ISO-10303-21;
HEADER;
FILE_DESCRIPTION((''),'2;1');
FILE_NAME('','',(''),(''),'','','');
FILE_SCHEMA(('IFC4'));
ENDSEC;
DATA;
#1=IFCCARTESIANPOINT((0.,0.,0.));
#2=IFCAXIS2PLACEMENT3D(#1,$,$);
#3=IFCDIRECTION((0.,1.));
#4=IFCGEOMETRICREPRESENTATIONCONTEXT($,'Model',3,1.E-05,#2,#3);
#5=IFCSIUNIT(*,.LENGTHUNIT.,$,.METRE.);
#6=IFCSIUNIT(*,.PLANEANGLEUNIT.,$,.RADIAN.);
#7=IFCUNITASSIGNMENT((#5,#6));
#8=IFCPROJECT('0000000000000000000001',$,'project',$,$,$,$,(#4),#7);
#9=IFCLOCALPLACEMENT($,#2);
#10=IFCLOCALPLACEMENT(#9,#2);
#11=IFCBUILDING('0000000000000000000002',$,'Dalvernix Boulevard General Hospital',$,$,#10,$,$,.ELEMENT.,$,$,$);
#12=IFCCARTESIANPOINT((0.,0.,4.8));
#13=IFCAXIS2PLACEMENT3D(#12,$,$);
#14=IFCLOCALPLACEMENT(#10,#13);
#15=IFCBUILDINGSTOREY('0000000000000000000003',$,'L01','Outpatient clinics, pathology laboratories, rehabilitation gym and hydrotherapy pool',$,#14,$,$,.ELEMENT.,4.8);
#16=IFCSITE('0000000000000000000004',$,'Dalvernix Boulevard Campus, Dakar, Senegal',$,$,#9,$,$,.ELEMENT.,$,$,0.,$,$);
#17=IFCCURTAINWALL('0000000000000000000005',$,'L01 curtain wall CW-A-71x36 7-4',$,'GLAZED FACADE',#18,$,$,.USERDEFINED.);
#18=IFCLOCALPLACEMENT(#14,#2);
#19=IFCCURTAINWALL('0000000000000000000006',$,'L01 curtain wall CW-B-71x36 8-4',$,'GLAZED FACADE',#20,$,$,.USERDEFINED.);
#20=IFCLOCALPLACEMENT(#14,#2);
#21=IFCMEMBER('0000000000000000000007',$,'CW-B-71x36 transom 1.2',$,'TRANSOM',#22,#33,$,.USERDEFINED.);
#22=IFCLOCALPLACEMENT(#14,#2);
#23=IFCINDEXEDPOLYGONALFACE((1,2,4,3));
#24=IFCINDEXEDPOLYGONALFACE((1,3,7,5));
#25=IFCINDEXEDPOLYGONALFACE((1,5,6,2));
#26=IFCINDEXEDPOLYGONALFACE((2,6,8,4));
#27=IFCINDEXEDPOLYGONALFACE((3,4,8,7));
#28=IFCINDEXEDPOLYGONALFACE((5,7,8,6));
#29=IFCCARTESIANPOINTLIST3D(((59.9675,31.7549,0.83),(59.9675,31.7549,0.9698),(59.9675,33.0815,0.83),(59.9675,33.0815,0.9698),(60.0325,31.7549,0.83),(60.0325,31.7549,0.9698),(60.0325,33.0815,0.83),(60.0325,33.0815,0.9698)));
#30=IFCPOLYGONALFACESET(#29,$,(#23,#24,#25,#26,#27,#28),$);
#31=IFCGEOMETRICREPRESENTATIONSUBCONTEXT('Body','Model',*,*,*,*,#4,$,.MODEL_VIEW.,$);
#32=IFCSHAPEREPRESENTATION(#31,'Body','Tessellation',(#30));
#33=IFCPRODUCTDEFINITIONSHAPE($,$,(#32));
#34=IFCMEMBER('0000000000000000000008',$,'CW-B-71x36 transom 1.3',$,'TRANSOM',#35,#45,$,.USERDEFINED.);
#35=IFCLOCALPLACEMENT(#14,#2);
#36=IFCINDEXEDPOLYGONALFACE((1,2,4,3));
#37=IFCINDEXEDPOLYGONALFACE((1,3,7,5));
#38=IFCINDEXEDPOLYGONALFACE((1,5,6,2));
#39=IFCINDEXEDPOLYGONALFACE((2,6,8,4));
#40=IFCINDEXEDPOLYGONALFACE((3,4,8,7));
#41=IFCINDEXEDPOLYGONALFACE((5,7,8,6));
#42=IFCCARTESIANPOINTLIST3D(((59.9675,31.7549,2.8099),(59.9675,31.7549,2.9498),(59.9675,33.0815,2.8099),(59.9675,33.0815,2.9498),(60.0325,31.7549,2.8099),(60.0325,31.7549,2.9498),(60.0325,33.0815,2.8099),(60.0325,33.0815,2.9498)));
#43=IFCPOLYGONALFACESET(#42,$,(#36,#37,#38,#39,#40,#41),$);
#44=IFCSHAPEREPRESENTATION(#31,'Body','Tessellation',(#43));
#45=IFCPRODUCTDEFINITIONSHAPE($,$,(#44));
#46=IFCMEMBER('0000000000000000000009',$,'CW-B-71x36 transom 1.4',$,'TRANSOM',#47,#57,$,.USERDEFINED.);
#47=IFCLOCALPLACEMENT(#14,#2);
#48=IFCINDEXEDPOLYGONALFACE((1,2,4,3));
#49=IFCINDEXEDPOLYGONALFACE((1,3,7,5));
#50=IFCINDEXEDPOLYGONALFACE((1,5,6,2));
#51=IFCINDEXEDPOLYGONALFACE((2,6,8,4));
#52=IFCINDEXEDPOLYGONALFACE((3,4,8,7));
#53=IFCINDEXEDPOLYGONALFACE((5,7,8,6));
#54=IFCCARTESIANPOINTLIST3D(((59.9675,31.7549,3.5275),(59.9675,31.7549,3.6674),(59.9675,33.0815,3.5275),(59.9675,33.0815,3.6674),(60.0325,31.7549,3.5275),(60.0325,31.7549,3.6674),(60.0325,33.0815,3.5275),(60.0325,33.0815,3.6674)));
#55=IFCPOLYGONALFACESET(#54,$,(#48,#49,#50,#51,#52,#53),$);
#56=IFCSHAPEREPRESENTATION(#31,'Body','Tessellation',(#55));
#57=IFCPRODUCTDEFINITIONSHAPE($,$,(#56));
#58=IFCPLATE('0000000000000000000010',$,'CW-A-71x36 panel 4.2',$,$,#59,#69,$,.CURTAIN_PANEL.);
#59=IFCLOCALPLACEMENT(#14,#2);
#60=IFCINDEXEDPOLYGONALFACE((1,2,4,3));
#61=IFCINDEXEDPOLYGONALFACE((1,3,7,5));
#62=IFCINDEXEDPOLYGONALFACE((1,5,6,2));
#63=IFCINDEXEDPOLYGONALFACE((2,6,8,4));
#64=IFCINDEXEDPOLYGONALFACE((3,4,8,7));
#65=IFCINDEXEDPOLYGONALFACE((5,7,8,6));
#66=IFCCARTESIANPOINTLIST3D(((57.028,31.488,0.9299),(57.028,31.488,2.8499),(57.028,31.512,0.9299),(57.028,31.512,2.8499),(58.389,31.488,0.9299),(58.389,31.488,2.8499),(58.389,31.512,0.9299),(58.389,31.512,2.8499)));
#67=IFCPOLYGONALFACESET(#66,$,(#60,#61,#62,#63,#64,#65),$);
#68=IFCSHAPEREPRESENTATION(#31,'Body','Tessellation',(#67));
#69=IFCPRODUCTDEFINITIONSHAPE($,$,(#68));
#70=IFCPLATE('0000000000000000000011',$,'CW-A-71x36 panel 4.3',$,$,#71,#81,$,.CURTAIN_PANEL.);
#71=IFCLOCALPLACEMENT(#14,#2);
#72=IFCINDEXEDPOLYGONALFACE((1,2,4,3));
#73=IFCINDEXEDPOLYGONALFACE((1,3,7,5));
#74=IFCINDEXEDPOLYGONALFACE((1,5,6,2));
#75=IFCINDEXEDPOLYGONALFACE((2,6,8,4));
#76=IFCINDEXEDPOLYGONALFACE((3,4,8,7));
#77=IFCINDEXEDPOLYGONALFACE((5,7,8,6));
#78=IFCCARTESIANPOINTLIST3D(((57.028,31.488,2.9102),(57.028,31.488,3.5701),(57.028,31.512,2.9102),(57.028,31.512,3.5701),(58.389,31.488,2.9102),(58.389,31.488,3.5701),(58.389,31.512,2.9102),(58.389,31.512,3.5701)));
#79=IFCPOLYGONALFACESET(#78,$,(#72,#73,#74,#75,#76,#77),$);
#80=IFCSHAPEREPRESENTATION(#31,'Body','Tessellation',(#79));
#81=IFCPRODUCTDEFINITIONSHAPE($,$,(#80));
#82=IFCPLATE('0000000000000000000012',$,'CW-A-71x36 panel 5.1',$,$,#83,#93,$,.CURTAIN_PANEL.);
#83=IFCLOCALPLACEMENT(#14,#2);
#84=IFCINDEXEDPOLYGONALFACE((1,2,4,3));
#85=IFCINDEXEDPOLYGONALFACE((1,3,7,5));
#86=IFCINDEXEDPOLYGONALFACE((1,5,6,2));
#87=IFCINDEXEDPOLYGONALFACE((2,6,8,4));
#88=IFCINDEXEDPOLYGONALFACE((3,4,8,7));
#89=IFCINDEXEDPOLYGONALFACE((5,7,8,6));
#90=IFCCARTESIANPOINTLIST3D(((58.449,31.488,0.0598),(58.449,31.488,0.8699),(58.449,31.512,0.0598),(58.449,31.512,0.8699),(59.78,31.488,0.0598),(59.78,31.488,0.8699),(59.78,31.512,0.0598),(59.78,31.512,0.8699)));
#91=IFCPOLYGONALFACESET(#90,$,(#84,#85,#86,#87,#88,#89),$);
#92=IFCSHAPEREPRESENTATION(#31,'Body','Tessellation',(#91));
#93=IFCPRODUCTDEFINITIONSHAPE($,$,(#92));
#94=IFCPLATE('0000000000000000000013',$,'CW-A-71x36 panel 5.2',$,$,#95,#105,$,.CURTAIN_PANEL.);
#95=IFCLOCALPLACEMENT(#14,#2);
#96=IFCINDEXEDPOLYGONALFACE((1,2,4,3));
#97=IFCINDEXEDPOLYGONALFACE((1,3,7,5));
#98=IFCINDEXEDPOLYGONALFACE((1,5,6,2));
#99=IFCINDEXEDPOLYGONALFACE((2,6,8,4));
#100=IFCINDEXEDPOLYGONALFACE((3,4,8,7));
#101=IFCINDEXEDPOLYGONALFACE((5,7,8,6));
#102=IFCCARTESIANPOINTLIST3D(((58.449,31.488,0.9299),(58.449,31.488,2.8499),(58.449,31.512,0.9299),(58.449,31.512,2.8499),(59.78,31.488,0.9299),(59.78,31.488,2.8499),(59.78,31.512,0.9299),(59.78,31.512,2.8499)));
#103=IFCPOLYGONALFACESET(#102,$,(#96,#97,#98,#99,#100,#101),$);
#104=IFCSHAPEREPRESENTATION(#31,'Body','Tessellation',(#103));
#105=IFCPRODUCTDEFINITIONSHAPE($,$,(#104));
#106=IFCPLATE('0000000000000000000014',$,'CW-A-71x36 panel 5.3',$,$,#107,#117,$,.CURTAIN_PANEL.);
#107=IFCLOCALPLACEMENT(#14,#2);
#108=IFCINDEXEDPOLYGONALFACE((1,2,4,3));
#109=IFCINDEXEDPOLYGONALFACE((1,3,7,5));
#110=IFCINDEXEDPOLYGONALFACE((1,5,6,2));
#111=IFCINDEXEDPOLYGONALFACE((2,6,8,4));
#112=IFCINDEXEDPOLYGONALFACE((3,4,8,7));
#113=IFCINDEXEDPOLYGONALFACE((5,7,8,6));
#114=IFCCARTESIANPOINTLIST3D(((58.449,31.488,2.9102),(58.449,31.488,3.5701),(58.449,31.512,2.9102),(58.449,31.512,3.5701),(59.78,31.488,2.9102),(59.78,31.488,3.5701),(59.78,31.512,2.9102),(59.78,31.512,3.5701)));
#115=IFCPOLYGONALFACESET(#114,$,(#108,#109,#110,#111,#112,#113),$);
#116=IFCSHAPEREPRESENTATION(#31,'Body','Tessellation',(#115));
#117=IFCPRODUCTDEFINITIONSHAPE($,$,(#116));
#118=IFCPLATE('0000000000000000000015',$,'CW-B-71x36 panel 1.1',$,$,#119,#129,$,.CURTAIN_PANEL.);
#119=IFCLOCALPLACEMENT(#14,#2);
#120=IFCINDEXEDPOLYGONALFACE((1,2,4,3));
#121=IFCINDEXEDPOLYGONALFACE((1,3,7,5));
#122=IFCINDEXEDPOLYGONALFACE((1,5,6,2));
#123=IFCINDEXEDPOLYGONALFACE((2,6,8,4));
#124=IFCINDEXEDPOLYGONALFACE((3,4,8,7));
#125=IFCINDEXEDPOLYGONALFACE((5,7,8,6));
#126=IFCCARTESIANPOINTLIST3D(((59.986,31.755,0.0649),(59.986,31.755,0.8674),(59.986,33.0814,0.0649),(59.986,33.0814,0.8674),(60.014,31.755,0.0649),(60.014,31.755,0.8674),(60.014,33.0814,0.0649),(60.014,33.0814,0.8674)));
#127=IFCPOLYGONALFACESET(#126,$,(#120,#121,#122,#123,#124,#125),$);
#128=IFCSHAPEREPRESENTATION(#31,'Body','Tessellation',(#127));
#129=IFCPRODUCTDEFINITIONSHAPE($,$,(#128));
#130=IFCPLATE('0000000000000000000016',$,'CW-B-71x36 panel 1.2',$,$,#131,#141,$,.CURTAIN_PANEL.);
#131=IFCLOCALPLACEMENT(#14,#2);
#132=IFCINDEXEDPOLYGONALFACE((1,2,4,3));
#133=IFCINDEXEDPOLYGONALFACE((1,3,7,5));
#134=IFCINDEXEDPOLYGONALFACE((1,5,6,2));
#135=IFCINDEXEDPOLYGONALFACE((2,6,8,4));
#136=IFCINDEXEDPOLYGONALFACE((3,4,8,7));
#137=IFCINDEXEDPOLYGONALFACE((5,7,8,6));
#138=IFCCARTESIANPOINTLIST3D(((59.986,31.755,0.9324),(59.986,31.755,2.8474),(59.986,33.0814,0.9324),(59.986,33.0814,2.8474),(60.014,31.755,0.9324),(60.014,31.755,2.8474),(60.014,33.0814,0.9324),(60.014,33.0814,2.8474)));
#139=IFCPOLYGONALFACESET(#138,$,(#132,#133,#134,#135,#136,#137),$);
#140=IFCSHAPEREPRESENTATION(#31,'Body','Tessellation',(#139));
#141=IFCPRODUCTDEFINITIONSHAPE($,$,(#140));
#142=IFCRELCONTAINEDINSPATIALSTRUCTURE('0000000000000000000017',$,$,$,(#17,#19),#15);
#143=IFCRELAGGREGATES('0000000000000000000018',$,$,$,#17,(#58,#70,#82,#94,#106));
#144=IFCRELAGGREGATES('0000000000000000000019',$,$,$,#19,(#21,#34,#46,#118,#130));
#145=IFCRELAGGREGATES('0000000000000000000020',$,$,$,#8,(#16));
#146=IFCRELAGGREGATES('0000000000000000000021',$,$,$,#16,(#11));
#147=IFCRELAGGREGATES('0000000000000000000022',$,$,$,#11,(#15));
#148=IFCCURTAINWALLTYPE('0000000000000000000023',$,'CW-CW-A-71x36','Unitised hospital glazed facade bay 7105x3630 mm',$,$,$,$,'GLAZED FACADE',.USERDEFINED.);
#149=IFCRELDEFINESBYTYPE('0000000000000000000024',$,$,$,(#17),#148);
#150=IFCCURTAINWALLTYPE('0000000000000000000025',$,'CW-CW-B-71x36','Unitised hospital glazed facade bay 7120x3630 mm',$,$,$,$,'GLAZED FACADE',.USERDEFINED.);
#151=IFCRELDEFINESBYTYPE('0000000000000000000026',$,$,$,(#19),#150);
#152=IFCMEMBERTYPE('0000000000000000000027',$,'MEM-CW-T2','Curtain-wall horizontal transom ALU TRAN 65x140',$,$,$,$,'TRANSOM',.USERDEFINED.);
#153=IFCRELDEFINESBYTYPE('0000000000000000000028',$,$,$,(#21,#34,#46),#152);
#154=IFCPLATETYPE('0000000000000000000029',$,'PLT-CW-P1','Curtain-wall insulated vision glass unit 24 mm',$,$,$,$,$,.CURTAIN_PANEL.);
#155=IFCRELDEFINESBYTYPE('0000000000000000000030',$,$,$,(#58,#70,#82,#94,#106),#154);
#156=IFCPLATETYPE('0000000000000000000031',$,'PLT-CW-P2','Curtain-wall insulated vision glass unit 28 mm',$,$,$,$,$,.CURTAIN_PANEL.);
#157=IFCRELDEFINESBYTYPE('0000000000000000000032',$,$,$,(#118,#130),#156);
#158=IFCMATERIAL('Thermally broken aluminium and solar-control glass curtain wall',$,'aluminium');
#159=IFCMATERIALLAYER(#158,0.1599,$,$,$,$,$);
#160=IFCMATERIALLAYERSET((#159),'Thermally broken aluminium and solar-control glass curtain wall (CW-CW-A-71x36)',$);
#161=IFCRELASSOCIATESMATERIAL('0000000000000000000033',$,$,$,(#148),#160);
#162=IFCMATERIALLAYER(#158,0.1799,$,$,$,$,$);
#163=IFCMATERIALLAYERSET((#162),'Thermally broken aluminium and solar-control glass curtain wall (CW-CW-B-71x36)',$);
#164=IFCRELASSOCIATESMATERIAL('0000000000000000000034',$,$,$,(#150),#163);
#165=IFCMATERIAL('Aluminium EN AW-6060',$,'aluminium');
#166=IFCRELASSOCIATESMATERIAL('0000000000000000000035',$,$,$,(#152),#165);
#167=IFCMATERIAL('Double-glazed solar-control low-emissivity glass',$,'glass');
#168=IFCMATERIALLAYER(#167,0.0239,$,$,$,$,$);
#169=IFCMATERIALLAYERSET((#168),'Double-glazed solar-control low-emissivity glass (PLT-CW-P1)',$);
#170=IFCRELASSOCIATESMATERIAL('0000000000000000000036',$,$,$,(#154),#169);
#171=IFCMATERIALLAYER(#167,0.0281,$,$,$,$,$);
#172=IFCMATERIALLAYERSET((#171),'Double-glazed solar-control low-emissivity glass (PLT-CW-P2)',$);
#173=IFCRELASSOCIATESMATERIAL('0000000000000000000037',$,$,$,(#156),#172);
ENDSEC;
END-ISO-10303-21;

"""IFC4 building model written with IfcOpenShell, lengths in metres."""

from ifc_helpers import new_model, si_unit, direction, frame, origin, origin_2d, place, context, subcontext, project, spatial, rectangle, extrude, material, layer, layer_set, material_profile, profile_set, type_object, element, aggregate, save


model = new_model("IFC4")

# Units and contexts
model_context = context("Model", 3, precision=1e-05, world=origin(), true_north=direction((0.0, 1.0)))
body_context = subcontext(model_context, "Body", "Model", "MODEL_VIEW")
ifc_project = project(units=[si_unit("LENGTHUNIT", "METRE"), si_unit("PLANEANGLEUNIT", "RADIAN")], contexts=[model_context])

# Site, building, storey
site_placement = place(None, origin())
site = spatial("IfcSite", under=ifc_project, at=site_placement, Name="Dalvernix Boulevard Campus, Dakar, Senegal", CompositionType="ELEMENT", RefElevation=0.0)
building_placement = place(site_placement, origin())
building = spatial("IfcBuilding", under=site, at=building_placement, Name="Dalvernix Boulevard General Hospital", CompositionType="ELEMENT")
storey_placement = place(building_placement, frame((0.0, 0.0, 4.8)))
storey = spatial("IfcBuildingStorey", under=building, at=storey_placement, Name="L01", Description="Outpatient clinics, pathology laboratories, rehabilitation gym and hydrotherapy pool", CompositionType="ELEMENT", Elevation=4.8)

# Curtain wall
ifc_material_1 = material(Name="Thermally broken aluminium and solar-control glass curtain wall", Category="aluminium")
ifc_layer_1 = layer(ifc_material_1, 0.1599)
ifc_layer_set_1 = layer_set([ifc_layer_1], Name="Thermally broken aluminium and solar-control glass curtain wall (CW-CW-A-71x36)")
curtain_wall_type_1 = type_object("IfcCurtainWallType", Name="CW-CW-A-71x36", Description="Unitised hospital glazed facade bay 7105x3630 mm", ElementType="GLAZED FACADE", PredefinedType="USERDEFINED", material=ifc_layer_set_1)
curtain_wall_1_placement = place(storey_placement, origin())
curtain_wall_1 = element("IfcCurtainWall", 1, at=curtain_wall_1_placement, inside=storey, type_object=curtain_wall_type_1, Name="L01 curtain wall CW-A-71x36 7-4", ObjectType="GLAZED FACADE", PredefinedType="USERDEFINED")
ifc_material_2 = material(Name="Aluminium EN AW-6060", Category="aluminium")

# Curtain wall
ifc_layer_2 = layer(ifc_material_1, 0.1799)
ifc_layer_set_2 = layer_set([ifc_layer_2], Name="Thermally broken aluminium and solar-control glass curtain wall (CW-CW-B-71x36)")
curtain_wall_type_2 = type_object("IfcCurtainWallType", Name="CW-CW-B-71x36", Description="Unitised hospital glazed facade bay 7120x3630 mm", ElementType="GLAZED FACADE", PredefinedType="USERDEFINED", material=ifc_layer_set_2)
curtain_wall_2_placement = place(storey_placement, origin())
curtain_wall_2 = element("IfcCurtainWall", 2, at=curtain_wall_2_placement, inside=storey, type_object=curtain_wall_type_2, Name="L01 curtain wall CW-B-71x36 8-4", ObjectType="GLAZED FACADE", PredefinedType="USERDEFINED")

# Members
ifc_material_profile_1 = material_profile(ifc_material_2, rectangle(XDim=0.0649, YDim=0.1399, at=origin_2d()), Name="ALU TRAN 65x140")
ifc_profile_set_1 = profile_set([ifc_material_profile_1], Name="Aluminium EN AW-6060")
member_type_1 = type_object("IfcMemberType", Name="MEM-CW-T2", Description="Curtain-wall horizontal transom ALU TRAN 65x140", ElementType="TRANSOM", PredefinedType="USERDEFINED", material=ifc_profile_set_1)
member_1_placement = place(storey_placement, frame((60.0, 31.7549, 0.8999), z_axis=(0.0, 1.0, 0.0), x_axis=(-1.0, 0.0, 0.0)))
member_1 = element("IfcMember", 3, at=member_1_placement, type_object=member_type_1, Name="CW-B-71x36 transom 1.2", ObjectType="TRANSOM", PredefinedType="USERDEFINED", context=body_context, shape_type="SweptSolid", body=[
    extrude(rectangle(XDim=0.0649, YDim=0.1399, at=origin_2d()), origin(), (0.0, 0.0, 1.0), 1.3267),
])
member_2_placement = place(storey_placement, frame((60.0, 31.7549, 2.8799), z_axis=(0.0, 1.0, 0.0), x_axis=(-1.0, 0.0, 0.0)))
member_2 = element("IfcMember", 4, at=member_2_placement, type_object=member_type_1, Name="CW-B-71x36 transom 1.3", ObjectType="TRANSOM", PredefinedType="USERDEFINED", context=body_context, shape_type="SweptSolid", body=[
    extrude(rectangle(XDim=0.0649, YDim=0.1399, at=origin_2d()), origin(), (0.0, 0.0, 1.0), 1.3267),
])
member_3_placement = place(storey_placement, frame((60.0, 31.7549, 3.5974), z_axis=(0.0, 1.0, 0.0), x_axis=(-1.0, 0.0, 0.0)))
member_3 = element("IfcMember", 5, at=member_3_placement, type_object=member_type_1, Name="CW-B-71x36 transom 1.4", ObjectType="TRANSOM", PredefinedType="USERDEFINED", context=body_context, shape_type="SweptSolid", body=[
    extrude(rectangle(XDim=0.0649, YDim=0.1399, at=origin_2d()), origin(), (0.0, 0.0, 1.0), 1.3267),
])

# Plates
ifc_material_3 = material(Name="Double-glazed solar-control low-emissivity glass", Category="glass")
ifc_layer_3 = layer(ifc_material_3, 0.0239)
ifc_layer_set_3 = layer_set([ifc_layer_3], Name="Double-glazed solar-control low-emissivity glass (PLT-CW-P1)")
plate_type_1 = type_object("IfcPlateType", Name="PLT-CW-P1", Description="Curtain-wall insulated vision glass unit 24 mm", PredefinedType="CURTAIN_PANEL", material=ifc_layer_set_3)
plate_1_placement = place(storey_placement, frame((57.7085, 31.5, 0.9299), z_axis=(0.0, 0.0, 1.0), x_axis=(1.0, 0.0, 0.0)))
plate_1 = element("IfcPlate", 6, at=plate_1_placement, type_object=plate_type_1, Name="CW-A-71x36 panel 4.2", PredefinedType="CURTAIN_PANEL", context=body_context, shape_type="SweptSolid", body=[
    extrude(rectangle(XDim=1.3611, YDim=0.0239, at=origin_2d()), origin(), (0.0, 0.0, 1.0), 1.9199),
])
plate_2_placement = place(storey_placement, frame((57.7085, 31.5, 2.9102), z_axis=(0.0, 0.0, 1.0), x_axis=(1.0, 0.0, 0.0)))
plate_2 = element("IfcPlate", 7, at=plate_2_placement, type_object=plate_type_1, Name="CW-A-71x36 panel 4.3", PredefinedType="CURTAIN_PANEL", context=body_context, shape_type="SweptSolid", body=[
    extrude(rectangle(XDim=1.3611, YDim=0.0239, at=origin_2d()), origin(), (0.0, 0.0, 1.0), 0.6599),
])
plate_3_placement = place(storey_placement, frame((59.1145, 31.5, 0.0598), z_axis=(0.0, 0.0, 1.0), x_axis=(1.0, 0.0, 0.0)))
plate_3 = element("IfcPlate", 8, at=plate_3_placement, type_object=plate_type_1, Name="CW-A-71x36 panel 5.1", PredefinedType="CURTAIN_PANEL", context=body_context, shape_type="SweptSolid", body=[
    extrude(rectangle(XDim=1.3311, YDim=0.0239, at=origin_2d()), origin(), (0.0, 0.0, 1.0), 0.8101),
])
plate_4_placement = place(storey_placement, frame((59.1145, 31.5, 0.9299), z_axis=(0.0, 0.0, 1.0), x_axis=(1.0, 0.0, 0.0)))
plate_4 = element("IfcPlate", 9, at=plate_4_placement, type_object=plate_type_1, Name="CW-A-71x36 panel 5.2", PredefinedType="CURTAIN_PANEL", context=body_context, shape_type="SweptSolid", body=[
    extrude(rectangle(XDim=1.3311, YDim=0.0239, at=origin_2d()), origin(), (0.0, 0.0, 1.0), 1.9199),
])
plate_5_placement = place(storey_placement, frame((59.1145, 31.5, 2.9102), z_axis=(0.0, 0.0, 1.0), x_axis=(1.0, 0.0, 0.0)))
plate_5 = element("IfcPlate", 10, at=plate_5_placement, type_object=plate_type_1, Name="CW-A-71x36 panel 5.3", PredefinedType="CURTAIN_PANEL", context=body_context, shape_type="SweptSolid", body=[
    extrude(rectangle(XDim=1.3311, YDim=0.0239, at=origin_2d()), origin(), (0.0, 0.0, 1.0), 0.6599),
])
aggregate(curtain_wall_1, [plate_1, plate_2, plate_3, plate_4, plate_5])
ifc_layer_4 = layer(ifc_material_3, 0.0281)
ifc_layer_set_4 = layer_set([ifc_layer_4], Name="Double-glazed solar-control low-emissivity glass (PLT-CW-P2)")
plate_type_2 = type_object("IfcPlateType", Name="PLT-CW-P2", Description="Curtain-wall insulated vision glass unit 28 mm", PredefinedType="CURTAIN_PANEL", material=ifc_layer_set_4)
plate_6_placement = place(storey_placement, frame((60.0, 32.4182, 0.0649), z_axis=(0.0, 0.0, 1.0), x_axis=(0.0, 1.0, 0.0)))
plate_6 = element("IfcPlate", 11, at=plate_6_placement, type_object=plate_type_2, Name="CW-B-71x36 panel 1.1", PredefinedType="CURTAIN_PANEL", context=body_context, shape_type="SweptSolid", body=[
    extrude(rectangle(XDim=1.3264, YDim=0.0281, at=origin_2d()), origin(), (0.0, 0.0, 1.0), 0.8025),
])
plate_7_placement = place(storey_placement, frame((60.0, 32.4182, 0.9324), z_axis=(0.0, 0.0, 1.0), x_axis=(0.0, 1.0, 0.0)))
plate_7 = element("IfcPlate", 12, at=plate_7_placement, type_object=plate_type_2, Name="CW-B-71x36 panel 1.2", PredefinedType="CURTAIN_PANEL", context=body_context, shape_type="SweptSolid", body=[
    extrude(rectangle(XDim=1.3264, YDim=0.0281, at=origin_2d()), origin(), (0.0, 0.0, 1.0), 1.915),
])
aggregate(curtain_wall_2, [member_1, member_2, member_3, plate_6, plate_7])

save(model, "model.ifc")
